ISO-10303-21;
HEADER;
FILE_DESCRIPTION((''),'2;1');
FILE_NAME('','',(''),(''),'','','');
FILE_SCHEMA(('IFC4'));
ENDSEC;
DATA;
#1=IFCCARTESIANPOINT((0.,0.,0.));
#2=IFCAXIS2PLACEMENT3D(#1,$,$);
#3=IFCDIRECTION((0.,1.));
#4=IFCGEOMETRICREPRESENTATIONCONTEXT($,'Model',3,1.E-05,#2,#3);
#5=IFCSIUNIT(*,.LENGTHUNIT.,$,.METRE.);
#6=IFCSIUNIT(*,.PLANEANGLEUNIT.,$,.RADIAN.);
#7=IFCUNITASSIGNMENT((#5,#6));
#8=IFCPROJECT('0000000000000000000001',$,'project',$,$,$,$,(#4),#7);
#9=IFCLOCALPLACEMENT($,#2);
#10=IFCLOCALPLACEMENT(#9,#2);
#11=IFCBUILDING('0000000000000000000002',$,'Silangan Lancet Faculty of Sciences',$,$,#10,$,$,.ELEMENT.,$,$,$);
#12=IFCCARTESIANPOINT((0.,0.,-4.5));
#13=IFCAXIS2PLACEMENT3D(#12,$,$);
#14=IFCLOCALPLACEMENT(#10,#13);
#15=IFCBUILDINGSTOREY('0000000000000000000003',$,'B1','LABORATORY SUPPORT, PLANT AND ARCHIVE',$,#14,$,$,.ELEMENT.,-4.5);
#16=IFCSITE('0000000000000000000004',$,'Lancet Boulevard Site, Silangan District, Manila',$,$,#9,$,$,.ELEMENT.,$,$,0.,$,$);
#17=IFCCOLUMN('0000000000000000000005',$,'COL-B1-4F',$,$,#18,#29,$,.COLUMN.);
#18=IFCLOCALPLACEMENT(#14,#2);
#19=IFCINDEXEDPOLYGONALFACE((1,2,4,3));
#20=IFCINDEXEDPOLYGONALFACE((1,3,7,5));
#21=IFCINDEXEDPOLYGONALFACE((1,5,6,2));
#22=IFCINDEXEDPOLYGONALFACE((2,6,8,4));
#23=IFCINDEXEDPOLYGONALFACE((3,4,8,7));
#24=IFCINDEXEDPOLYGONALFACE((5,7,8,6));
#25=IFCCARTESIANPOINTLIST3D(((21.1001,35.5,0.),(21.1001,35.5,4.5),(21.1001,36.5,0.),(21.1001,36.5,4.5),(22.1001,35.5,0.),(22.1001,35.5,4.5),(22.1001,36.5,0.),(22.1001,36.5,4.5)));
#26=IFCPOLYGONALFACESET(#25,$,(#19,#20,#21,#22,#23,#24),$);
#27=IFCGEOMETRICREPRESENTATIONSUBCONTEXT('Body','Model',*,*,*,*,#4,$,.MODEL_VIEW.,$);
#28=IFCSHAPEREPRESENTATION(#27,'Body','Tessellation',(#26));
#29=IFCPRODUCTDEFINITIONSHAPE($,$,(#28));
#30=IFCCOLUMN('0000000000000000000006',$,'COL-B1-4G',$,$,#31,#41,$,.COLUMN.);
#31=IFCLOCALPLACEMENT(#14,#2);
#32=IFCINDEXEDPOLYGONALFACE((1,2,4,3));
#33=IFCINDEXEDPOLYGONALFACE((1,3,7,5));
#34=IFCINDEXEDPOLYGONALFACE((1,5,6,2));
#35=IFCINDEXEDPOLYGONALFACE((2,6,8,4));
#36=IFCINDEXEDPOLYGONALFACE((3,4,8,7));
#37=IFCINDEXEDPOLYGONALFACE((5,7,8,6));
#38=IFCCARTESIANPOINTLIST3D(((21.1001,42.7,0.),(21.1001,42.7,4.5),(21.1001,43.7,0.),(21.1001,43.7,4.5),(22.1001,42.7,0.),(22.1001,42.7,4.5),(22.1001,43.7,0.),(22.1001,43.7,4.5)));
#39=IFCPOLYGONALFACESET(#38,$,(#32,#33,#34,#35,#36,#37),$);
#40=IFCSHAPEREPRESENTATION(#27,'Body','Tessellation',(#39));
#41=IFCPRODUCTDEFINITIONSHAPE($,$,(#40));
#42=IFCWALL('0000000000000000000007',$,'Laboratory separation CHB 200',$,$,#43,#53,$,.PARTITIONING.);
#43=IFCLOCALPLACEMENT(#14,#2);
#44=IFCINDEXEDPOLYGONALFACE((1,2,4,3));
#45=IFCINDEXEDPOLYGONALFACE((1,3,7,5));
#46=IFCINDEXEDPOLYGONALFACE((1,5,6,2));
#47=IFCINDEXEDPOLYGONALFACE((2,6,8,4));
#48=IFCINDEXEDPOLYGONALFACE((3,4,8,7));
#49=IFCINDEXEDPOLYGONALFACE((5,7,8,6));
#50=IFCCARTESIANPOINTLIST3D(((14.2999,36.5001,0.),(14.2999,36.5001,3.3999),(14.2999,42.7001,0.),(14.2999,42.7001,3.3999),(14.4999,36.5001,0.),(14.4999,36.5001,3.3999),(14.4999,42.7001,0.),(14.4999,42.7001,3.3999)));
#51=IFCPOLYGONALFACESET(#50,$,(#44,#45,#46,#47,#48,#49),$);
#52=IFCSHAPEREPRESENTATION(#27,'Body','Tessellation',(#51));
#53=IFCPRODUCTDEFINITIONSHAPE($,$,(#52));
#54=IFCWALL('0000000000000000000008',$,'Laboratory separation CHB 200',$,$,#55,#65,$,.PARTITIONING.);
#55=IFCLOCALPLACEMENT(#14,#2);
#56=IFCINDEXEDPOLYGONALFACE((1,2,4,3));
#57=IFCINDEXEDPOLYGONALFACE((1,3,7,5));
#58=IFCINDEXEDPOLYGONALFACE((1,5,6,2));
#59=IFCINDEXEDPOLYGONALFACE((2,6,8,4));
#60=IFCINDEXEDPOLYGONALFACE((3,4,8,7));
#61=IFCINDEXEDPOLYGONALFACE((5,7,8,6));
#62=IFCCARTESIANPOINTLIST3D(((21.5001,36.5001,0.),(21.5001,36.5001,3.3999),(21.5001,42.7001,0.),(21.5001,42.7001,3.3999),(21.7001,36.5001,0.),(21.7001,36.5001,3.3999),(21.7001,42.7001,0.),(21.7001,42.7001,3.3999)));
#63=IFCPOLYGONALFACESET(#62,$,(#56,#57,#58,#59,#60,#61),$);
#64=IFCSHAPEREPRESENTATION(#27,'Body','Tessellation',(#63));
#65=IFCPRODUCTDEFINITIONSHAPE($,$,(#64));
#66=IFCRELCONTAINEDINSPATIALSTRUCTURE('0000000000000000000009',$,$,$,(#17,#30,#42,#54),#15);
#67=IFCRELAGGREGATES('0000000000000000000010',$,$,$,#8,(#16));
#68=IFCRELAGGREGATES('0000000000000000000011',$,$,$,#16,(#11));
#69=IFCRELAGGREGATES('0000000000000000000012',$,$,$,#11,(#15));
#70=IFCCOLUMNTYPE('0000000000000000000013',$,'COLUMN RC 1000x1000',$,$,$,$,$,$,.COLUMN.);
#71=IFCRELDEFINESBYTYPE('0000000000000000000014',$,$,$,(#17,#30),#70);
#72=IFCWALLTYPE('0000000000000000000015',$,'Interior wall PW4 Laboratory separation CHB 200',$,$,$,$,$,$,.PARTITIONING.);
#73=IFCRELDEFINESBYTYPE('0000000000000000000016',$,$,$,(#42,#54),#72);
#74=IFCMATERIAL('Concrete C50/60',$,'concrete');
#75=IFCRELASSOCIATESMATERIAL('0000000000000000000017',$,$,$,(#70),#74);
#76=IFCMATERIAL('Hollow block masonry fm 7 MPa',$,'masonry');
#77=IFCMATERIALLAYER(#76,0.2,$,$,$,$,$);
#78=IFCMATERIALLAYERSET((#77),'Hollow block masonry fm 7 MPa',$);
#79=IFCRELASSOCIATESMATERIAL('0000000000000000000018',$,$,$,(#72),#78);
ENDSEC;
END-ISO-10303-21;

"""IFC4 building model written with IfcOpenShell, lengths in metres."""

from ifc_helpers import new_model, si_unit, direction, frame, frame_2d, origin, origin_2d, place, context, subcontext, project, spatial, rectangle, extrude, material, layer, layer_set, material_profile, profile_set, type_object, element, save


model = new_model("IFC4")

# Units and contexts
model_context = context("Model", 3, precision=1e-05, world=origin(), true_north=direction((0.0, 1.0)))
body_context = subcontext(model_context, "Body", "Model", "MODEL_VIEW")
ifc_project = project(units=[si_unit("LENGTHUNIT", "METRE"), si_unit("PLANEANGLEUNIT", "RADIAN")], contexts=[model_context])

# Site, building, storey
site_placement = place(None, origin())
site = spatial("IfcSite", under=ifc_project, at=site_placement, Name="Lancet Boulevard Site, Silangan District, Manila", CompositionType="ELEMENT", RefElevation=0.0)
building_placement = place(site_placement, origin())
building = spatial("IfcBuilding", under=site, at=building_placement, Name="Silangan Lancet Faculty of Sciences", CompositionType="ELEMENT")
storey_placement = place(building_placement, frame((0.0, 0.0, -4.5)))
storey = spatial("IfcBuildingStorey", under=building, at=storey_placement, Name="B1", Description="LABORATORY SUPPORT, PLANT AND ARCHIVE", CompositionType="ELEMENT", Elevation=-4.5)

# Columns
ifc_material_1 = material(Name="Concrete C50/60", Category="concrete")
ifc_material_profile_1 = material_profile(ifc_material_1, rectangle(XDim=1.0, YDim=1.0, at=origin_2d()), Name="RC 1000x1000")
ifc_profile_set_1 = profile_set([ifc_material_profile_1], Name="Concrete C50/60")
column_type = type_object("IfcColumnType", Name="COLUMN RC 1000x1000", PredefinedType="COLUMN", material=ifc_profile_set_1)
for number, where, z_axis, x_axis, name in (
    (1, (21.6001, 36.0, 0.0), (0.0, 0.0, 1.0), (1.0, 0.0, 0.0), "COL-B1-4F"),
    (2, (21.6001, 43.2, 0.0), (0.0, 0.0, 1.0), (1.0, 0.0, 0.0), "COL-B1-4G"),
):
    element("IfcColumn", number, at=place(storey_placement, frame(where, z_axis=z_axis, x_axis=x_axis)), inside=storey, type_object=column_type, Name=name, PredefinedType="COLUMN", context=body_context, shape_type="SweptSolid", body=[
        extrude(rectangle(XDim=1.0, YDim=1.0, at=origin_2d()), origin(), (0.0, 0.0, 1.0), 4.5),
    ])

# Walls
ifc_material_2 = material(Name="Hollow block masonry fm 7 MPa", Category="masonry")
ifc_layer = layer(ifc_material_2, 0.2)
ifc_layer_set = layer_set([ifc_layer], Name="Hollow block masonry fm 7 MPa")
wall_type = type_object("IfcWallType", Name="Interior wall PW4 Laboratory separation CHB 200", PredefinedType="PARTITIONING", material=ifc_layer_set)
for number, where, z_axis, x_axis, name in (
    (3, (14.3999, 36.5, 0.0), (0.0, 0.0, 1.0), (0.0, 1.0, 0.0), "Laboratory separation CHB 200"),
    (4, (21.6001, 36.5, 0.0), (0.0, 0.0, 1.0), (0.0, 1.0, 0.0), "Laboratory separation CHB 200"),
):
    element("IfcWall", number, at=place(storey_placement, frame(where, z_axis=z_axis, x_axis=x_axis)), inside=storey, type_object=wall_type, Name=name, PredefinedType="PARTITIONING", context=body_context, shape_type="SweptSolid", body=[
        extrude(rectangle(XDim=6.2, YDim=0.2, at=frame_2d((3.1001, 0.0))), origin(), (0.0, 0.0, 1.0), 3.3999),
    ])

save(model, "model.ifc")
